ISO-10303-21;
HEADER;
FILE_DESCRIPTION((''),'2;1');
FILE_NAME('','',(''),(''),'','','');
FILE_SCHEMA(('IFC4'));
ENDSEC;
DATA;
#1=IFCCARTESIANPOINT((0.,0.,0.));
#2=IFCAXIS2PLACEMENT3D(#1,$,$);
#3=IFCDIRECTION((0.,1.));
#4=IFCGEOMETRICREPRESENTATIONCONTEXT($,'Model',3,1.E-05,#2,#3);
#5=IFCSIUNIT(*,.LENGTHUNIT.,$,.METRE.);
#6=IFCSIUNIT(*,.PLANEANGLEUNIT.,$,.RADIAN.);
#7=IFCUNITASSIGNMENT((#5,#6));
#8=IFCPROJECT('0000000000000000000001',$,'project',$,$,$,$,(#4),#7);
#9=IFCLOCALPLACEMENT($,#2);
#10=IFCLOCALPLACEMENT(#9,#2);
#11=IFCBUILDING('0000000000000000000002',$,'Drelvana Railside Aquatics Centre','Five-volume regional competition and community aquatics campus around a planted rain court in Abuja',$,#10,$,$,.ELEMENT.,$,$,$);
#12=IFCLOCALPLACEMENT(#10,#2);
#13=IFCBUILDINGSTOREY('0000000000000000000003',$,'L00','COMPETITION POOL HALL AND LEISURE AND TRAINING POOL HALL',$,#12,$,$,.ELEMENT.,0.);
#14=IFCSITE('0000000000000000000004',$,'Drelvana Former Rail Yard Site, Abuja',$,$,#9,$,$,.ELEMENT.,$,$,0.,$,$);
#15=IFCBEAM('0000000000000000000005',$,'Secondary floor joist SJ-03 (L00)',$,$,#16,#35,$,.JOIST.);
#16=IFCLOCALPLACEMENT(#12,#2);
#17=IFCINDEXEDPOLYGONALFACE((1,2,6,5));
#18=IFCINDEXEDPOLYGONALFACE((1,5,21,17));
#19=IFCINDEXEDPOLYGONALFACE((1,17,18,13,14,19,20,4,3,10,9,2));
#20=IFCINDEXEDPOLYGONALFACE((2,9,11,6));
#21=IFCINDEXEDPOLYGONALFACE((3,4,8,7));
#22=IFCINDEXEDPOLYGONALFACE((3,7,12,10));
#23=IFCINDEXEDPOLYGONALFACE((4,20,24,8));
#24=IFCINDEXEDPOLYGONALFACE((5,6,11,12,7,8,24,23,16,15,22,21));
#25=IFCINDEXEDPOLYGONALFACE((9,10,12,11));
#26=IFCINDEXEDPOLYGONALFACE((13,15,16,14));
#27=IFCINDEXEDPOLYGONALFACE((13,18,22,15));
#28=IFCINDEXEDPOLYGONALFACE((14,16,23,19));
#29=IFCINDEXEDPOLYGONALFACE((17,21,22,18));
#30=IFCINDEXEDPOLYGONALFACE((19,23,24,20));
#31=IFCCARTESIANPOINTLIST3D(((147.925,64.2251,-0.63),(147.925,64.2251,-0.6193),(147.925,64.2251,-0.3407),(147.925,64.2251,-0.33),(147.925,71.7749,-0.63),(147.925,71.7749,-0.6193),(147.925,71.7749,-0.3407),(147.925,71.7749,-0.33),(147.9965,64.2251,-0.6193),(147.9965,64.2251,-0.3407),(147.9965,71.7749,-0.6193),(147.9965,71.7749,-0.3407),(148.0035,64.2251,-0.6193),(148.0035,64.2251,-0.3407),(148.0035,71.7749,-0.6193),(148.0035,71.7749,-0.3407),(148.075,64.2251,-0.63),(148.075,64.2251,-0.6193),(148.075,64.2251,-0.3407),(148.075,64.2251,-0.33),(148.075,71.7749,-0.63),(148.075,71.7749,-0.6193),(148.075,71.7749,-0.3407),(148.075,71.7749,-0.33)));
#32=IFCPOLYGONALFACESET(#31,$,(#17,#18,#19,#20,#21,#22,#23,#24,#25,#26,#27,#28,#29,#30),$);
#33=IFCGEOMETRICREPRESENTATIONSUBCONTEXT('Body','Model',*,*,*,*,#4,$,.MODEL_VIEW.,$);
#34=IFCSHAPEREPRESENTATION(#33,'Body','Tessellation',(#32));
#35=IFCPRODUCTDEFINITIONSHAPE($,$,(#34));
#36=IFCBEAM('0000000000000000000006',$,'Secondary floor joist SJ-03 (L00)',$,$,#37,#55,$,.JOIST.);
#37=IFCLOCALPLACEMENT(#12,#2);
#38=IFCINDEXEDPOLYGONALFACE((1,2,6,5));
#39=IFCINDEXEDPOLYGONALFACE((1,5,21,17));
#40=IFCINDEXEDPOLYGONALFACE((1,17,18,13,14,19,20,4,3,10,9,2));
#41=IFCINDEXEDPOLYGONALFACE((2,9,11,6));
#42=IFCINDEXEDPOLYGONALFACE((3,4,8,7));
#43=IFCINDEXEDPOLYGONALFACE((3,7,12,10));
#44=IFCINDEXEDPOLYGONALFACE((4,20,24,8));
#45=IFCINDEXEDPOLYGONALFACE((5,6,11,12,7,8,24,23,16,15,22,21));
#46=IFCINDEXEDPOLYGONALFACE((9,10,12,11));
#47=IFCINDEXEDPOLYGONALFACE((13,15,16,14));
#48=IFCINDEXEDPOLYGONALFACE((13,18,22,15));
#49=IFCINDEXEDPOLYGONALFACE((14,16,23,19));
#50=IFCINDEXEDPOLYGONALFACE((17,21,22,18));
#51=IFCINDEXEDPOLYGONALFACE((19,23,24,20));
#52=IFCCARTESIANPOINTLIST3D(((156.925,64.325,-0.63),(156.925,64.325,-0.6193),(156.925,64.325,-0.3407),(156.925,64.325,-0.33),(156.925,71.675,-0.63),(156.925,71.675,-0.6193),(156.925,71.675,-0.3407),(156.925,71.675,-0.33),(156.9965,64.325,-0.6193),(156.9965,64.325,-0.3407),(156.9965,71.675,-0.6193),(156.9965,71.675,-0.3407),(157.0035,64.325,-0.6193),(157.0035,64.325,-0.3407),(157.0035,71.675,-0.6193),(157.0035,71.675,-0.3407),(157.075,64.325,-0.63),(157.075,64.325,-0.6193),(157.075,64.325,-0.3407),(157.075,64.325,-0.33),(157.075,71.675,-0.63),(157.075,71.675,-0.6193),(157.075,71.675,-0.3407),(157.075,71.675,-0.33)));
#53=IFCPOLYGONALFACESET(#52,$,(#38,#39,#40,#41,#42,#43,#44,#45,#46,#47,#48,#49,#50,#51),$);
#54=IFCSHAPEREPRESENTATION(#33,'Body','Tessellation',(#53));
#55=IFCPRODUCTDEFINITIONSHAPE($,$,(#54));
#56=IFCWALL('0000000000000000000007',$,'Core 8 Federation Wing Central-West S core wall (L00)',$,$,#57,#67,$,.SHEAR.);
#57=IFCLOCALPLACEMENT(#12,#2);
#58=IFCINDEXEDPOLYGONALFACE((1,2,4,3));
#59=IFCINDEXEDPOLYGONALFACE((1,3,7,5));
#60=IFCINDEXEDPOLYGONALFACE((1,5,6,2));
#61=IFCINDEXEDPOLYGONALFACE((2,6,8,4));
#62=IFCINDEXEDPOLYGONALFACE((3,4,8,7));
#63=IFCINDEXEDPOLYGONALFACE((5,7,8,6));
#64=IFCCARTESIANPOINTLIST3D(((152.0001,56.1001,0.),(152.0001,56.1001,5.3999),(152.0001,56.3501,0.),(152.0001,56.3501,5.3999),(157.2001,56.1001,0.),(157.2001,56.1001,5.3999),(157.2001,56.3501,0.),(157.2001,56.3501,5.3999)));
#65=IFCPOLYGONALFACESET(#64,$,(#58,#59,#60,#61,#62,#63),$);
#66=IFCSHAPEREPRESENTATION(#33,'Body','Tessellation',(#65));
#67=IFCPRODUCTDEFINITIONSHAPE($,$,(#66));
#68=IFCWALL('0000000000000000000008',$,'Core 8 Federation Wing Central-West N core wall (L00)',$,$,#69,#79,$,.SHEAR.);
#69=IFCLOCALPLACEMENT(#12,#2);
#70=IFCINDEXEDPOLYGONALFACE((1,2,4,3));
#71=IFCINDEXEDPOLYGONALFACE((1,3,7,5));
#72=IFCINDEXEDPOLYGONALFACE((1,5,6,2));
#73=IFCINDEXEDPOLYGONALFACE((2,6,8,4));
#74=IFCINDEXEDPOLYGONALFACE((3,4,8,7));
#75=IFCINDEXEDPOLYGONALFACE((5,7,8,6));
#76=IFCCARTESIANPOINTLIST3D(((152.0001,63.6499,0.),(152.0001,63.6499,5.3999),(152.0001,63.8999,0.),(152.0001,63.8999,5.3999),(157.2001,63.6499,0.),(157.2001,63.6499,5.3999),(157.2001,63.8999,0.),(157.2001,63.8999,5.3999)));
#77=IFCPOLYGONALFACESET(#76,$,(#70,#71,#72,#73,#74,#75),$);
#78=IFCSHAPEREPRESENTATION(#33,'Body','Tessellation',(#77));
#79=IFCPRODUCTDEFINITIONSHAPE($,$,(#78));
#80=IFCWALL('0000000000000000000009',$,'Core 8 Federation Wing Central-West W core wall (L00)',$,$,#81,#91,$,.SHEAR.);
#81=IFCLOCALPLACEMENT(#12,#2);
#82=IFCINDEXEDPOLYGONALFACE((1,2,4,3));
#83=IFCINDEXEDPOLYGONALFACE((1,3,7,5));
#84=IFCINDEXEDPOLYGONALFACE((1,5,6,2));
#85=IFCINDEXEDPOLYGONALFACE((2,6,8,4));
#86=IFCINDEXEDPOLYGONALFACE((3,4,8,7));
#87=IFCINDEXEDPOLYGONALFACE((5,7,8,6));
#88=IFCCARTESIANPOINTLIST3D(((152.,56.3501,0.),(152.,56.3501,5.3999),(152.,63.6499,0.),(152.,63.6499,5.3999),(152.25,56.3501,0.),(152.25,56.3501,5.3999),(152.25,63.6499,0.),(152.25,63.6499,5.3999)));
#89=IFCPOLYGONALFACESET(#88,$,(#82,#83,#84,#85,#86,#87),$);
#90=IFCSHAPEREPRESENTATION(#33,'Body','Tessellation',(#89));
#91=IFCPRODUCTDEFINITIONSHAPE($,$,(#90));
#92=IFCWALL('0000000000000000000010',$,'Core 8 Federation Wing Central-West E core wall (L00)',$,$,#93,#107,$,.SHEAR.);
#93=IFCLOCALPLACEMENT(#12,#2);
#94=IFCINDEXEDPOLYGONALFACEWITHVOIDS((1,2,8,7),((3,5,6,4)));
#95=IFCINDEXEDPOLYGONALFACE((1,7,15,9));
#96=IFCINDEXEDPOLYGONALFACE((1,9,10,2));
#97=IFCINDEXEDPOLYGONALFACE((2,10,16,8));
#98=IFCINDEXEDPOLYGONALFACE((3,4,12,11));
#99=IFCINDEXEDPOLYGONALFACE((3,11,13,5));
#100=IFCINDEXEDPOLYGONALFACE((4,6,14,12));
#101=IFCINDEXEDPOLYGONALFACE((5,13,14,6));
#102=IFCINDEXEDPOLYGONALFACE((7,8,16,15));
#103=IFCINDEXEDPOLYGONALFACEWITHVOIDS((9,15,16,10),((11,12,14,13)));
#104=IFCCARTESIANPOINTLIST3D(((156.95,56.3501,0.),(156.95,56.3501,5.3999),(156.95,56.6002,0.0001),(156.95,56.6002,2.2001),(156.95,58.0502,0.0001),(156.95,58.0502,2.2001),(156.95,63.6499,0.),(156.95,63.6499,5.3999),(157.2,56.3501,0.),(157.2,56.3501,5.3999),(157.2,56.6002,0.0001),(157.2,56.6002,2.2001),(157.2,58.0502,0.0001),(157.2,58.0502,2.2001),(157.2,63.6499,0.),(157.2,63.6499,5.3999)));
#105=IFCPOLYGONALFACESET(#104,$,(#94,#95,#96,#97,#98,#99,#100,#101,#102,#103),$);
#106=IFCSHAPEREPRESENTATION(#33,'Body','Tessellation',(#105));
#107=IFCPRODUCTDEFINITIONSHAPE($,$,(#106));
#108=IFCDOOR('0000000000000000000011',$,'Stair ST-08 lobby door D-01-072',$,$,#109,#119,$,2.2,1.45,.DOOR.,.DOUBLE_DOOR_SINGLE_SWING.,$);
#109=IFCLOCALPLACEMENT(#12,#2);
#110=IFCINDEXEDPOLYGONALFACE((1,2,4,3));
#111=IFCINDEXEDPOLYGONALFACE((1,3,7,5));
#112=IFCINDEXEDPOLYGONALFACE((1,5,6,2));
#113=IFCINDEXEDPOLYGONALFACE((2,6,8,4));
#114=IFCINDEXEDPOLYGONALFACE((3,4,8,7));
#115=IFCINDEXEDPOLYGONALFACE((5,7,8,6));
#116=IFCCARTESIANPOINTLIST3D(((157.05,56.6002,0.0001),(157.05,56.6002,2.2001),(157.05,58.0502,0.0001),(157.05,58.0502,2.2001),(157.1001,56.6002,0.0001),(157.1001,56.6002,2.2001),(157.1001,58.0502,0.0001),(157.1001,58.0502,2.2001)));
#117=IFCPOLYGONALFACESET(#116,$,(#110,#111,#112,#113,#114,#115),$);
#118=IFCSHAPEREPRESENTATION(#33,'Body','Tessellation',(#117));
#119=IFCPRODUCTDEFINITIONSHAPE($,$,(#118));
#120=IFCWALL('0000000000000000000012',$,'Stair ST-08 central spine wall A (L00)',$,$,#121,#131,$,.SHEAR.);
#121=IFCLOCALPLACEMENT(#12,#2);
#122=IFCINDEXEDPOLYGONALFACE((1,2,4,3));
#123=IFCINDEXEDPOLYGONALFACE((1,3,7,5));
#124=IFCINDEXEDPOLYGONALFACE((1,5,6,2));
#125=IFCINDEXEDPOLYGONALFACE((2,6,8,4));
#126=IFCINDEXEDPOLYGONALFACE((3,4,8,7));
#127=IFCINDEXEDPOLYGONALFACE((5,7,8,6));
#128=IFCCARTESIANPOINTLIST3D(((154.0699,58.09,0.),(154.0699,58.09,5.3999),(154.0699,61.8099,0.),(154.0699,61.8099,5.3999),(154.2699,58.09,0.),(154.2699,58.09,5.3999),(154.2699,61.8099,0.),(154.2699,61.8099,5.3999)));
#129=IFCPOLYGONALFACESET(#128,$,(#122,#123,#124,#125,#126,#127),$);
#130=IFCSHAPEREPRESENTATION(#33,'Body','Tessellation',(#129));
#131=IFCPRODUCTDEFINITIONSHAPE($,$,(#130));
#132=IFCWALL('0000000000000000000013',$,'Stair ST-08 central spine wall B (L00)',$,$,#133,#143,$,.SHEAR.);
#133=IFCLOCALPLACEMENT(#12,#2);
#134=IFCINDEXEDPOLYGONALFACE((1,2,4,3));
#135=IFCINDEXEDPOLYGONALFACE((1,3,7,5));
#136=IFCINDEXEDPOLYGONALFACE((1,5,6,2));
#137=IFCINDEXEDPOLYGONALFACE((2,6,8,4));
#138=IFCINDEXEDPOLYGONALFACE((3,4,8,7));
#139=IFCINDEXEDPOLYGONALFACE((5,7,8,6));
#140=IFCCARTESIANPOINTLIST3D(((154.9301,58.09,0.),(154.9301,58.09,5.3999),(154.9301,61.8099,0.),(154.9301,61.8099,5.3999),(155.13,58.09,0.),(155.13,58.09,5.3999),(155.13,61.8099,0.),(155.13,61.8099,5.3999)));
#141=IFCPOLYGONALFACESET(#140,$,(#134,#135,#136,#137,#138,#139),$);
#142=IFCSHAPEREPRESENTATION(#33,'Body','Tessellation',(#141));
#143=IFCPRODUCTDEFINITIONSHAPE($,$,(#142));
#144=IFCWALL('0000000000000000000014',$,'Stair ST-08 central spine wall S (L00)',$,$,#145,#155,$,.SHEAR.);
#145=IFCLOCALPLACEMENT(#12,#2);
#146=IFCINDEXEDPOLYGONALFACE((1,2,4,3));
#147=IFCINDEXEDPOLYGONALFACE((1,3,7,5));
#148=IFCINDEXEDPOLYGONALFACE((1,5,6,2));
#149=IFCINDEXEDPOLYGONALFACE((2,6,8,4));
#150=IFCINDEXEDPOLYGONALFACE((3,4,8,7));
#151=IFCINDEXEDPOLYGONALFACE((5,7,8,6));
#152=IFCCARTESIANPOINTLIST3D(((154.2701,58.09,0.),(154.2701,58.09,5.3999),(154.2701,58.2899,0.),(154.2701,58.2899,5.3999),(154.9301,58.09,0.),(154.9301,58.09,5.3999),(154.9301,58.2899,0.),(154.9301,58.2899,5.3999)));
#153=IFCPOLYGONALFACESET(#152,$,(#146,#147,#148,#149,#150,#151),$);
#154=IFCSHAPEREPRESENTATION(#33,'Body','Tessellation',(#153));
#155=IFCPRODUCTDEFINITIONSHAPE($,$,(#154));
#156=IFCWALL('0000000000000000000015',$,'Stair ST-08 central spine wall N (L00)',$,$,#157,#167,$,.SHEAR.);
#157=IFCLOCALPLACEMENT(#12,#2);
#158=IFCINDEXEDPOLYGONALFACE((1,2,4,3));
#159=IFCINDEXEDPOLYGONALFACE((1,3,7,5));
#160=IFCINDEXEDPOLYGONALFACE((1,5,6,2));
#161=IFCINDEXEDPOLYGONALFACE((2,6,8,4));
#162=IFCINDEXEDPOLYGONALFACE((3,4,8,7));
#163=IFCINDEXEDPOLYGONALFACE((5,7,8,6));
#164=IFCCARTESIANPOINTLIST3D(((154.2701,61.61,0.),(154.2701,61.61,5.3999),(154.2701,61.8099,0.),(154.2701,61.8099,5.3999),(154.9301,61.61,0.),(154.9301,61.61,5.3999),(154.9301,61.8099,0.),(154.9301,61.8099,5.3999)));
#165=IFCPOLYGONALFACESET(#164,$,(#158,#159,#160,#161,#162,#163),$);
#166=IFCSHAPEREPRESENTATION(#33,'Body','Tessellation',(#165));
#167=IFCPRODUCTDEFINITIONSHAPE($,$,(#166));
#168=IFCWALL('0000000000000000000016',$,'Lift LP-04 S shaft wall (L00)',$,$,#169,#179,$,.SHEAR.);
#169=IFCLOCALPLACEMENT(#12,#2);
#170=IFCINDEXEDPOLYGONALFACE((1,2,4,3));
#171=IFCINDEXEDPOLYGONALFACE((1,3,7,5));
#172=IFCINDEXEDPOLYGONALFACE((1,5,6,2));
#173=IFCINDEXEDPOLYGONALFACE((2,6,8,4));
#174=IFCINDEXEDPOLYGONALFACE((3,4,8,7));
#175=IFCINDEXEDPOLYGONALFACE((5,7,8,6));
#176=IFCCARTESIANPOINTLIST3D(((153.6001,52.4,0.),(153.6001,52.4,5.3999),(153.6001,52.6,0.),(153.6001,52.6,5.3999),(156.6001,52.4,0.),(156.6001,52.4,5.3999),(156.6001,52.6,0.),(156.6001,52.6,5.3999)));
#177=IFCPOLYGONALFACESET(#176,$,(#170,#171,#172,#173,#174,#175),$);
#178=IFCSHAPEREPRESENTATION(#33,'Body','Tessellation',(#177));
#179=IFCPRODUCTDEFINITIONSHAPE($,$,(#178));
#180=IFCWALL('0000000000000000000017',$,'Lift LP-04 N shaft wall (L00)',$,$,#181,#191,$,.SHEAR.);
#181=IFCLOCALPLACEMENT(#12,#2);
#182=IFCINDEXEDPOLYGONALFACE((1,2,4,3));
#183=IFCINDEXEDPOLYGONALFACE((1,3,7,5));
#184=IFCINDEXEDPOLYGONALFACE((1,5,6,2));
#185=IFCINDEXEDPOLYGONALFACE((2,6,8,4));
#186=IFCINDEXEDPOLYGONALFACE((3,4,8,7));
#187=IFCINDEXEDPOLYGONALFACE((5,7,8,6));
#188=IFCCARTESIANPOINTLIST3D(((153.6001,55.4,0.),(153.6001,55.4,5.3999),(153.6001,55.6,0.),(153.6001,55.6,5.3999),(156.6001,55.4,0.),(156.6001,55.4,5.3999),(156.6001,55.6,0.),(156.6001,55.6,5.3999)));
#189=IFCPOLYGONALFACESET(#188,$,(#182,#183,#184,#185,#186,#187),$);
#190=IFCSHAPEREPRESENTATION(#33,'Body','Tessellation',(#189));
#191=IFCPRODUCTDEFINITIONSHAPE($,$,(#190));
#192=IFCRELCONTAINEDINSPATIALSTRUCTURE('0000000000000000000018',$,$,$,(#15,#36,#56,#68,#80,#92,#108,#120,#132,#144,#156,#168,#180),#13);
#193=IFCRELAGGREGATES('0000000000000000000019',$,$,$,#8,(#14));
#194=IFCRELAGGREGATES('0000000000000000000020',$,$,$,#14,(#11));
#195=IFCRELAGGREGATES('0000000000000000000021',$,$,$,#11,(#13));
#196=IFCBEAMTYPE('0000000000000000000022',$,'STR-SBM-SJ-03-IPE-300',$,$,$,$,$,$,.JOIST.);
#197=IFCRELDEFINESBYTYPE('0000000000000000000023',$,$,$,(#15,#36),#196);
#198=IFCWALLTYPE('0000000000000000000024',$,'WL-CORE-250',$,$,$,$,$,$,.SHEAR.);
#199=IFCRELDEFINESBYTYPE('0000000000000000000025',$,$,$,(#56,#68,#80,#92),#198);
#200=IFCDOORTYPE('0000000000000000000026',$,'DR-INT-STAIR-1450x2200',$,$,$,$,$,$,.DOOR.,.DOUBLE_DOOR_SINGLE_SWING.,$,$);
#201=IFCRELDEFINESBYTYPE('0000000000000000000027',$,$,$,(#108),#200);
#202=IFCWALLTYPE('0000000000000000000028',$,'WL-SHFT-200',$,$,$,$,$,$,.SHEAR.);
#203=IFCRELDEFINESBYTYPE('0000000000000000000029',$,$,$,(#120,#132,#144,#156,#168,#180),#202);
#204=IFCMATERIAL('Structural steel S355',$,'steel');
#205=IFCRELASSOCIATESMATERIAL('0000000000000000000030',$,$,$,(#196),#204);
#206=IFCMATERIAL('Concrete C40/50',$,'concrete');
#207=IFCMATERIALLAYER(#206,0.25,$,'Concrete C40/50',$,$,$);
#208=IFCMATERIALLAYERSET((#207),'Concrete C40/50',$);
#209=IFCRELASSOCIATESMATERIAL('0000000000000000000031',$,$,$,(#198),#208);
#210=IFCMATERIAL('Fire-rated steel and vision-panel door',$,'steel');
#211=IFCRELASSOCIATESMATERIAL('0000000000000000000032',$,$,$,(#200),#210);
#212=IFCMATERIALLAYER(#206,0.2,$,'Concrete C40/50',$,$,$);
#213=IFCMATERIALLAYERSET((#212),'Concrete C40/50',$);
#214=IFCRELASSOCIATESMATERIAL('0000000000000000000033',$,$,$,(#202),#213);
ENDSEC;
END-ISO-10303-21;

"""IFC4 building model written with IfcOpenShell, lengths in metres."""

from ifc_helpers import new_model, si_unit, direction, frame, frame_2d, origin, origin_2d, place, context, subcontext, project, spatial, rectangle, i_section, extrude, material, layer, layer_set, material_profile, profile_set, type_object, element, fill, save


model = new_model("IFC4")

# Units and contexts
model_context = context("Model", 3, precision=1e-05, world=origin(), true_north=direction((0.0, 1.0)))
body_context = subcontext(model_context, "Body", "Model", "MODEL_VIEW")
ifc_project = project(units=[si_unit("LENGTHUNIT", "METRE"), si_unit("PLANEANGLEUNIT", "RADIAN")], contexts=[model_context])

# Site, building, storey
site_placement = place(None, origin())
site = spatial("IfcSite", under=ifc_project, at=site_placement, Name="Drelvana Former Rail Yard Site, Abuja", CompositionType="ELEMENT", RefElevation=0.0)
building_placement = place(site_placement, origin())
building = spatial("IfcBuilding", under=site, at=building_placement, Name="Drelvana Railside Aquatics Centre", Description="Five-volume regional competition and community aquatics campus around a planted rain court in Abuja", CompositionType="ELEMENT")
storey_placement = place(building_placement, origin())
storey = spatial("IfcBuildingStorey", under=building, at=storey_placement, Name="L00", Description="COMPETITION POOL HALL AND LEISURE AND TRAINING POOL HALL", CompositionType="ELEMENT", Elevation=0.0)

# Shared definitions
ifc_material_1 = material(Name="Concrete C40/50", Category="concrete")

# Beams
ifc_material_2 = material(Name="Structural steel S355", Category="steel")
ifc_material_profile_1 = material_profile(ifc_material_2, i_section(OverallWidth=0.1499, OverallDepth=0.3, WebThickness=0.0071, FlangeThickness=0.0107, at=origin_2d()), Name="IPE 300")
ifc_profile_set_1 = profile_set([ifc_material_profile_1], Name="Structural steel S355")
beam_type_1 = type_object("IfcBeamType", Name="STR-SBM-SJ-03-IPE-300", PredefinedType="JOIST", material=ifc_profile_set_1)
for number, where, z_axis, x_axis, name in (
    (1, (148.0, 64.2251, -0.48), (0.0, 1.0, 0.0), (-1.0, 0.0, 0.0), "Secondary floor joist SJ-03 (L00)"),
):
    element("IfcBeam", number, at=place(storey_placement, frame(where, z_axis=z_axis, x_axis=x_axis)), inside=storey, type_object=beam_type_1, Name=name, PredefinedType="JOIST", context=body_context, shape_type="SweptSolid", body=[
        extrude(i_section(OverallWidth=0.1499, OverallDepth=0.3, WebThickness=0.0071, FlangeThickness=0.0107, at=origin_2d()), origin(), (0.0, 0.0, 1.0), 7.5498),
    ])
beam_1_placement = place(storey_placement, frame((157.0, 64.325, -0.48), z_axis=(0.0, 1.0, 0.0), x_axis=(-1.0, 0.0, 0.0)))
element("IfcBeam", 2, at=beam_1_placement, inside=storey, type_object=beam_type_1, Name="Secondary floor joist SJ-03 (L00)", PredefinedType="JOIST", context=body_context, shape_type="SweptSolid", body=[
    extrude(i_section(OverallWidth=0.1499, OverallDepth=0.3, WebThickness=0.0071, FlangeThickness=0.0107, at=origin_2d()), origin(), (0.0, 0.0, 1.0), 7.3501),
])

# Walls
ifc_layer_1 = layer(ifc_material_1, 0.25, Name="Concrete C40/50")
ifc_layer_set_1 = layer_set([ifc_layer_1], Name="Concrete C40/50")
wall_type_1 = type_object("IfcWallType", Name="WL-CORE-250", PredefinedType="SHEAR", material=ifc_layer_set_1)
for number, where, z_axis, x_axis, name in (
    (3, (152.0, 56.2251, 0.0), (0.0, 0.0, 1.0), (1.0, 0.0, 0.0), "Core 8 Federation Wing Central-West S core wall (L00)"),
    (4, (152.0, 63.7749, 0.0), (0.0, 0.0, 1.0), (1.0, 0.0, 0.0), "Core 8 Federation Wing Central-West N core wall (L00)"),
):
    element("IfcWall", number, at=place(storey_placement, frame(where, z_axis=z_axis, x_axis=x_axis)), inside=storey, type_object=wall_type_1, Name=name, PredefinedType="SHEAR", context=body_context, shape_type="SweptSolid", body=[
        extrude(rectangle(XDim=5.2, YDim=0.25, at=frame_2d((2.6001, 0.0))), origin(), (0.0, 0.0, 1.0), 5.3999),
    ])
wall_1_placement = place(storey_placement, frame((152.125, 56.3501, 0.0), z_axis=(0.0, 0.0, 1.0), x_axis=(0.0, 1.0, 0.0)))
element("IfcWall", 5, at=wall_1_placement, inside=storey, type_object=wall_type_1, Name="Core 8 Federation Wing Central-West W core wall (L00)", PredefinedType="SHEAR", context=body_context, shape_type="SweptSolid", body=[
    extrude(rectangle(XDim=7.2998, YDim=0.25, at=frame_2d((3.6499, 0.0))), origin(), (0.0, 0.0, 1.0), 5.3999),
])

# Wall, opening, door
wall_2_placement = place(storey_placement, frame((157.075, 56.3501, 0.0), z_axis=(0.0, 0.0, 1.0), x_axis=(0.0, 1.0, 0.0)))
wall_2 = element("IfcWall", 6, at=wall_2_placement, inside=storey, type_object=wall_type_1, Name="Core 8 Federation Wing Central-West E core wall (L00)", PredefinedType="SHEAR", context=body_context, shape_type="SweptSolid", body=[
    extrude(rectangle(XDim=7.2998, YDim=0.25, at=frame_2d((3.6499, 0.0))), origin(), (0.0, 0.0, 1.0), 5.3999),
])
opening_1_placement = place(wall_2_placement, frame((0.25, 0.0, 0.0)))
opening_1 = element("IfcOpeningElement", 7, at=opening_1_placement, cuts=wall_2, PredefinedType="OPENING", context=body_context, shape_type="SweptSolid", body=[
    extrude(rectangle(XDim=1.45, YDim=2.2, at=frame_2d((0.7251, 1.1001))), frame((0.0, 0.135, 0.0), z_axis=(0.0, -1.0, 0.0), x_axis=(1.0, 0.0, 0.0)), (0.0, 0.0, 1.0), 0.27),
])
ifc_material_3 = material(Name="Fire-rated steel and vision-panel door", Category="steel")
door_type_1 = type_object("IfcDoorType", Name="DR-INT-STAIR-1450x2200", OperationType="DOUBLE_DOOR_SINGLE_SWING", PredefinedType="DOOR", material=ifc_material_3)
door_1_placement = place(opening_1_placement, origin())
door_1 = element("IfcDoor", 8, at=door_1_placement, inside=storey, type_object=door_type_1, Name="Stair ST-08 lobby door D-01-072", OperationType="DOUBLE_DOOR_SINGLE_SWING", OverallHeight=2.2, OverallWidth=1.45, PredefinedType="DOOR", context=body_context, shape_type="SweptSolid", body=[
    extrude(rectangle(XDim=1.45, YDim=2.2, at=frame_2d((0.7251, 1.1001))), frame((0.0, 0.0249, 0.0), z_axis=(0.0, -1.0, 0.0), x_axis=(1.0, 0.0, 0.0)), (0.0, 0.0, 1.0), 0.05),
])
fill(opening_1, door_1)

# Walls
ifc_layer_2 = layer(ifc_material_1, 0.2, Name="Concrete C40/50")
ifc_layer_set_2 = layer_set([ifc_layer_2], Name="Concrete C40/50")
wall_type_2 = type_object("IfcWallType", Name="WL-SHFT-200", PredefinedType="SHEAR", material=ifc_layer_set_2)
for number, where, z_axis, x_axis, name in (
    (9, (154.1699, 58.0901, 0.0), (0.0, 0.0, 1.0), (0.0, 1.0, 0.0), "Stair ST-08 central spine wall A (L00)"),
    (10, (155.03, 58.0901, 0.0), (0.0, 0.0, 1.0), (0.0, 1.0, 0.0), "Stair ST-08 central spine wall B (L00)"),
):
    element("IfcWall", number, at=place(storey_placement, frame(where, z_axis=z_axis, x_axis=x_axis)), inside=storey, type_object=wall_type_2, Name=name, PredefinedType="SHEAR", context=body_context, shape_type="SweptSolid", body=[
        extrude(rectangle(XDim=3.72, YDim=0.2, at=frame_2d((1.8599, 0.0))), origin(), (0.0, 0.0, 1.0), 5.3999),
    ])
for number, where, z_axis, x_axis, name in (
    (11, (154.27, 58.1899, 0.0), (0.0, 0.0, 1.0), (1.0, 0.0, 0.0), "Stair ST-08 central spine wall S (L00)"),
    (12, (154.27, 61.71, 0.0), (0.0, 0.0, 1.0), (1.0, 0.0, 0.0), "Stair ST-08 central spine wall N (L00)"),
):
    element("IfcWall", number, at=place(storey_placement, frame(where, z_axis=z_axis, x_axis=x_axis)), inside=storey, type_object=wall_type_2, Name=name, PredefinedType="SHEAR", context=body_context, shape_type="SweptSolid", body=[
        extrude(rectangle(XDim=0.6599, YDim=0.2, at=frame_2d((0.3301, 0.0))), origin(), (0.0, 0.0, 1.0), 5.3999),
    ])
for number, where, z_axis, x_axis, name in (
    (13, (153.6001, 52.5, 0.0), (0.0, 0.0, 1.0), (1.0, 0.0, 0.0), "Lift LP-04 S shaft wall (L00)"),
    (14, (153.6001, 55.5, 0.0), (0.0, 0.0, 1.0), (1.0, 0.0, 0.0), "Lift LP-04 N shaft wall (L00)"),
):
    element("IfcWall", number, at=place(storey_placement, frame(where, z_axis=z_axis, x_axis=x_axis)), inside=storey, type_object=wall_type_2, Name=name, PredefinedType="SHEAR", context=body_context, shape_type="SweptSolid", body=[
        extrude(rectangle(XDim=3.0, YDim=0.2, at=frame_2d((1.5, 0.0))), origin(), (0.0, 0.0, 1.0), 5.3999),
    ])

save(model, "model.ifc")
